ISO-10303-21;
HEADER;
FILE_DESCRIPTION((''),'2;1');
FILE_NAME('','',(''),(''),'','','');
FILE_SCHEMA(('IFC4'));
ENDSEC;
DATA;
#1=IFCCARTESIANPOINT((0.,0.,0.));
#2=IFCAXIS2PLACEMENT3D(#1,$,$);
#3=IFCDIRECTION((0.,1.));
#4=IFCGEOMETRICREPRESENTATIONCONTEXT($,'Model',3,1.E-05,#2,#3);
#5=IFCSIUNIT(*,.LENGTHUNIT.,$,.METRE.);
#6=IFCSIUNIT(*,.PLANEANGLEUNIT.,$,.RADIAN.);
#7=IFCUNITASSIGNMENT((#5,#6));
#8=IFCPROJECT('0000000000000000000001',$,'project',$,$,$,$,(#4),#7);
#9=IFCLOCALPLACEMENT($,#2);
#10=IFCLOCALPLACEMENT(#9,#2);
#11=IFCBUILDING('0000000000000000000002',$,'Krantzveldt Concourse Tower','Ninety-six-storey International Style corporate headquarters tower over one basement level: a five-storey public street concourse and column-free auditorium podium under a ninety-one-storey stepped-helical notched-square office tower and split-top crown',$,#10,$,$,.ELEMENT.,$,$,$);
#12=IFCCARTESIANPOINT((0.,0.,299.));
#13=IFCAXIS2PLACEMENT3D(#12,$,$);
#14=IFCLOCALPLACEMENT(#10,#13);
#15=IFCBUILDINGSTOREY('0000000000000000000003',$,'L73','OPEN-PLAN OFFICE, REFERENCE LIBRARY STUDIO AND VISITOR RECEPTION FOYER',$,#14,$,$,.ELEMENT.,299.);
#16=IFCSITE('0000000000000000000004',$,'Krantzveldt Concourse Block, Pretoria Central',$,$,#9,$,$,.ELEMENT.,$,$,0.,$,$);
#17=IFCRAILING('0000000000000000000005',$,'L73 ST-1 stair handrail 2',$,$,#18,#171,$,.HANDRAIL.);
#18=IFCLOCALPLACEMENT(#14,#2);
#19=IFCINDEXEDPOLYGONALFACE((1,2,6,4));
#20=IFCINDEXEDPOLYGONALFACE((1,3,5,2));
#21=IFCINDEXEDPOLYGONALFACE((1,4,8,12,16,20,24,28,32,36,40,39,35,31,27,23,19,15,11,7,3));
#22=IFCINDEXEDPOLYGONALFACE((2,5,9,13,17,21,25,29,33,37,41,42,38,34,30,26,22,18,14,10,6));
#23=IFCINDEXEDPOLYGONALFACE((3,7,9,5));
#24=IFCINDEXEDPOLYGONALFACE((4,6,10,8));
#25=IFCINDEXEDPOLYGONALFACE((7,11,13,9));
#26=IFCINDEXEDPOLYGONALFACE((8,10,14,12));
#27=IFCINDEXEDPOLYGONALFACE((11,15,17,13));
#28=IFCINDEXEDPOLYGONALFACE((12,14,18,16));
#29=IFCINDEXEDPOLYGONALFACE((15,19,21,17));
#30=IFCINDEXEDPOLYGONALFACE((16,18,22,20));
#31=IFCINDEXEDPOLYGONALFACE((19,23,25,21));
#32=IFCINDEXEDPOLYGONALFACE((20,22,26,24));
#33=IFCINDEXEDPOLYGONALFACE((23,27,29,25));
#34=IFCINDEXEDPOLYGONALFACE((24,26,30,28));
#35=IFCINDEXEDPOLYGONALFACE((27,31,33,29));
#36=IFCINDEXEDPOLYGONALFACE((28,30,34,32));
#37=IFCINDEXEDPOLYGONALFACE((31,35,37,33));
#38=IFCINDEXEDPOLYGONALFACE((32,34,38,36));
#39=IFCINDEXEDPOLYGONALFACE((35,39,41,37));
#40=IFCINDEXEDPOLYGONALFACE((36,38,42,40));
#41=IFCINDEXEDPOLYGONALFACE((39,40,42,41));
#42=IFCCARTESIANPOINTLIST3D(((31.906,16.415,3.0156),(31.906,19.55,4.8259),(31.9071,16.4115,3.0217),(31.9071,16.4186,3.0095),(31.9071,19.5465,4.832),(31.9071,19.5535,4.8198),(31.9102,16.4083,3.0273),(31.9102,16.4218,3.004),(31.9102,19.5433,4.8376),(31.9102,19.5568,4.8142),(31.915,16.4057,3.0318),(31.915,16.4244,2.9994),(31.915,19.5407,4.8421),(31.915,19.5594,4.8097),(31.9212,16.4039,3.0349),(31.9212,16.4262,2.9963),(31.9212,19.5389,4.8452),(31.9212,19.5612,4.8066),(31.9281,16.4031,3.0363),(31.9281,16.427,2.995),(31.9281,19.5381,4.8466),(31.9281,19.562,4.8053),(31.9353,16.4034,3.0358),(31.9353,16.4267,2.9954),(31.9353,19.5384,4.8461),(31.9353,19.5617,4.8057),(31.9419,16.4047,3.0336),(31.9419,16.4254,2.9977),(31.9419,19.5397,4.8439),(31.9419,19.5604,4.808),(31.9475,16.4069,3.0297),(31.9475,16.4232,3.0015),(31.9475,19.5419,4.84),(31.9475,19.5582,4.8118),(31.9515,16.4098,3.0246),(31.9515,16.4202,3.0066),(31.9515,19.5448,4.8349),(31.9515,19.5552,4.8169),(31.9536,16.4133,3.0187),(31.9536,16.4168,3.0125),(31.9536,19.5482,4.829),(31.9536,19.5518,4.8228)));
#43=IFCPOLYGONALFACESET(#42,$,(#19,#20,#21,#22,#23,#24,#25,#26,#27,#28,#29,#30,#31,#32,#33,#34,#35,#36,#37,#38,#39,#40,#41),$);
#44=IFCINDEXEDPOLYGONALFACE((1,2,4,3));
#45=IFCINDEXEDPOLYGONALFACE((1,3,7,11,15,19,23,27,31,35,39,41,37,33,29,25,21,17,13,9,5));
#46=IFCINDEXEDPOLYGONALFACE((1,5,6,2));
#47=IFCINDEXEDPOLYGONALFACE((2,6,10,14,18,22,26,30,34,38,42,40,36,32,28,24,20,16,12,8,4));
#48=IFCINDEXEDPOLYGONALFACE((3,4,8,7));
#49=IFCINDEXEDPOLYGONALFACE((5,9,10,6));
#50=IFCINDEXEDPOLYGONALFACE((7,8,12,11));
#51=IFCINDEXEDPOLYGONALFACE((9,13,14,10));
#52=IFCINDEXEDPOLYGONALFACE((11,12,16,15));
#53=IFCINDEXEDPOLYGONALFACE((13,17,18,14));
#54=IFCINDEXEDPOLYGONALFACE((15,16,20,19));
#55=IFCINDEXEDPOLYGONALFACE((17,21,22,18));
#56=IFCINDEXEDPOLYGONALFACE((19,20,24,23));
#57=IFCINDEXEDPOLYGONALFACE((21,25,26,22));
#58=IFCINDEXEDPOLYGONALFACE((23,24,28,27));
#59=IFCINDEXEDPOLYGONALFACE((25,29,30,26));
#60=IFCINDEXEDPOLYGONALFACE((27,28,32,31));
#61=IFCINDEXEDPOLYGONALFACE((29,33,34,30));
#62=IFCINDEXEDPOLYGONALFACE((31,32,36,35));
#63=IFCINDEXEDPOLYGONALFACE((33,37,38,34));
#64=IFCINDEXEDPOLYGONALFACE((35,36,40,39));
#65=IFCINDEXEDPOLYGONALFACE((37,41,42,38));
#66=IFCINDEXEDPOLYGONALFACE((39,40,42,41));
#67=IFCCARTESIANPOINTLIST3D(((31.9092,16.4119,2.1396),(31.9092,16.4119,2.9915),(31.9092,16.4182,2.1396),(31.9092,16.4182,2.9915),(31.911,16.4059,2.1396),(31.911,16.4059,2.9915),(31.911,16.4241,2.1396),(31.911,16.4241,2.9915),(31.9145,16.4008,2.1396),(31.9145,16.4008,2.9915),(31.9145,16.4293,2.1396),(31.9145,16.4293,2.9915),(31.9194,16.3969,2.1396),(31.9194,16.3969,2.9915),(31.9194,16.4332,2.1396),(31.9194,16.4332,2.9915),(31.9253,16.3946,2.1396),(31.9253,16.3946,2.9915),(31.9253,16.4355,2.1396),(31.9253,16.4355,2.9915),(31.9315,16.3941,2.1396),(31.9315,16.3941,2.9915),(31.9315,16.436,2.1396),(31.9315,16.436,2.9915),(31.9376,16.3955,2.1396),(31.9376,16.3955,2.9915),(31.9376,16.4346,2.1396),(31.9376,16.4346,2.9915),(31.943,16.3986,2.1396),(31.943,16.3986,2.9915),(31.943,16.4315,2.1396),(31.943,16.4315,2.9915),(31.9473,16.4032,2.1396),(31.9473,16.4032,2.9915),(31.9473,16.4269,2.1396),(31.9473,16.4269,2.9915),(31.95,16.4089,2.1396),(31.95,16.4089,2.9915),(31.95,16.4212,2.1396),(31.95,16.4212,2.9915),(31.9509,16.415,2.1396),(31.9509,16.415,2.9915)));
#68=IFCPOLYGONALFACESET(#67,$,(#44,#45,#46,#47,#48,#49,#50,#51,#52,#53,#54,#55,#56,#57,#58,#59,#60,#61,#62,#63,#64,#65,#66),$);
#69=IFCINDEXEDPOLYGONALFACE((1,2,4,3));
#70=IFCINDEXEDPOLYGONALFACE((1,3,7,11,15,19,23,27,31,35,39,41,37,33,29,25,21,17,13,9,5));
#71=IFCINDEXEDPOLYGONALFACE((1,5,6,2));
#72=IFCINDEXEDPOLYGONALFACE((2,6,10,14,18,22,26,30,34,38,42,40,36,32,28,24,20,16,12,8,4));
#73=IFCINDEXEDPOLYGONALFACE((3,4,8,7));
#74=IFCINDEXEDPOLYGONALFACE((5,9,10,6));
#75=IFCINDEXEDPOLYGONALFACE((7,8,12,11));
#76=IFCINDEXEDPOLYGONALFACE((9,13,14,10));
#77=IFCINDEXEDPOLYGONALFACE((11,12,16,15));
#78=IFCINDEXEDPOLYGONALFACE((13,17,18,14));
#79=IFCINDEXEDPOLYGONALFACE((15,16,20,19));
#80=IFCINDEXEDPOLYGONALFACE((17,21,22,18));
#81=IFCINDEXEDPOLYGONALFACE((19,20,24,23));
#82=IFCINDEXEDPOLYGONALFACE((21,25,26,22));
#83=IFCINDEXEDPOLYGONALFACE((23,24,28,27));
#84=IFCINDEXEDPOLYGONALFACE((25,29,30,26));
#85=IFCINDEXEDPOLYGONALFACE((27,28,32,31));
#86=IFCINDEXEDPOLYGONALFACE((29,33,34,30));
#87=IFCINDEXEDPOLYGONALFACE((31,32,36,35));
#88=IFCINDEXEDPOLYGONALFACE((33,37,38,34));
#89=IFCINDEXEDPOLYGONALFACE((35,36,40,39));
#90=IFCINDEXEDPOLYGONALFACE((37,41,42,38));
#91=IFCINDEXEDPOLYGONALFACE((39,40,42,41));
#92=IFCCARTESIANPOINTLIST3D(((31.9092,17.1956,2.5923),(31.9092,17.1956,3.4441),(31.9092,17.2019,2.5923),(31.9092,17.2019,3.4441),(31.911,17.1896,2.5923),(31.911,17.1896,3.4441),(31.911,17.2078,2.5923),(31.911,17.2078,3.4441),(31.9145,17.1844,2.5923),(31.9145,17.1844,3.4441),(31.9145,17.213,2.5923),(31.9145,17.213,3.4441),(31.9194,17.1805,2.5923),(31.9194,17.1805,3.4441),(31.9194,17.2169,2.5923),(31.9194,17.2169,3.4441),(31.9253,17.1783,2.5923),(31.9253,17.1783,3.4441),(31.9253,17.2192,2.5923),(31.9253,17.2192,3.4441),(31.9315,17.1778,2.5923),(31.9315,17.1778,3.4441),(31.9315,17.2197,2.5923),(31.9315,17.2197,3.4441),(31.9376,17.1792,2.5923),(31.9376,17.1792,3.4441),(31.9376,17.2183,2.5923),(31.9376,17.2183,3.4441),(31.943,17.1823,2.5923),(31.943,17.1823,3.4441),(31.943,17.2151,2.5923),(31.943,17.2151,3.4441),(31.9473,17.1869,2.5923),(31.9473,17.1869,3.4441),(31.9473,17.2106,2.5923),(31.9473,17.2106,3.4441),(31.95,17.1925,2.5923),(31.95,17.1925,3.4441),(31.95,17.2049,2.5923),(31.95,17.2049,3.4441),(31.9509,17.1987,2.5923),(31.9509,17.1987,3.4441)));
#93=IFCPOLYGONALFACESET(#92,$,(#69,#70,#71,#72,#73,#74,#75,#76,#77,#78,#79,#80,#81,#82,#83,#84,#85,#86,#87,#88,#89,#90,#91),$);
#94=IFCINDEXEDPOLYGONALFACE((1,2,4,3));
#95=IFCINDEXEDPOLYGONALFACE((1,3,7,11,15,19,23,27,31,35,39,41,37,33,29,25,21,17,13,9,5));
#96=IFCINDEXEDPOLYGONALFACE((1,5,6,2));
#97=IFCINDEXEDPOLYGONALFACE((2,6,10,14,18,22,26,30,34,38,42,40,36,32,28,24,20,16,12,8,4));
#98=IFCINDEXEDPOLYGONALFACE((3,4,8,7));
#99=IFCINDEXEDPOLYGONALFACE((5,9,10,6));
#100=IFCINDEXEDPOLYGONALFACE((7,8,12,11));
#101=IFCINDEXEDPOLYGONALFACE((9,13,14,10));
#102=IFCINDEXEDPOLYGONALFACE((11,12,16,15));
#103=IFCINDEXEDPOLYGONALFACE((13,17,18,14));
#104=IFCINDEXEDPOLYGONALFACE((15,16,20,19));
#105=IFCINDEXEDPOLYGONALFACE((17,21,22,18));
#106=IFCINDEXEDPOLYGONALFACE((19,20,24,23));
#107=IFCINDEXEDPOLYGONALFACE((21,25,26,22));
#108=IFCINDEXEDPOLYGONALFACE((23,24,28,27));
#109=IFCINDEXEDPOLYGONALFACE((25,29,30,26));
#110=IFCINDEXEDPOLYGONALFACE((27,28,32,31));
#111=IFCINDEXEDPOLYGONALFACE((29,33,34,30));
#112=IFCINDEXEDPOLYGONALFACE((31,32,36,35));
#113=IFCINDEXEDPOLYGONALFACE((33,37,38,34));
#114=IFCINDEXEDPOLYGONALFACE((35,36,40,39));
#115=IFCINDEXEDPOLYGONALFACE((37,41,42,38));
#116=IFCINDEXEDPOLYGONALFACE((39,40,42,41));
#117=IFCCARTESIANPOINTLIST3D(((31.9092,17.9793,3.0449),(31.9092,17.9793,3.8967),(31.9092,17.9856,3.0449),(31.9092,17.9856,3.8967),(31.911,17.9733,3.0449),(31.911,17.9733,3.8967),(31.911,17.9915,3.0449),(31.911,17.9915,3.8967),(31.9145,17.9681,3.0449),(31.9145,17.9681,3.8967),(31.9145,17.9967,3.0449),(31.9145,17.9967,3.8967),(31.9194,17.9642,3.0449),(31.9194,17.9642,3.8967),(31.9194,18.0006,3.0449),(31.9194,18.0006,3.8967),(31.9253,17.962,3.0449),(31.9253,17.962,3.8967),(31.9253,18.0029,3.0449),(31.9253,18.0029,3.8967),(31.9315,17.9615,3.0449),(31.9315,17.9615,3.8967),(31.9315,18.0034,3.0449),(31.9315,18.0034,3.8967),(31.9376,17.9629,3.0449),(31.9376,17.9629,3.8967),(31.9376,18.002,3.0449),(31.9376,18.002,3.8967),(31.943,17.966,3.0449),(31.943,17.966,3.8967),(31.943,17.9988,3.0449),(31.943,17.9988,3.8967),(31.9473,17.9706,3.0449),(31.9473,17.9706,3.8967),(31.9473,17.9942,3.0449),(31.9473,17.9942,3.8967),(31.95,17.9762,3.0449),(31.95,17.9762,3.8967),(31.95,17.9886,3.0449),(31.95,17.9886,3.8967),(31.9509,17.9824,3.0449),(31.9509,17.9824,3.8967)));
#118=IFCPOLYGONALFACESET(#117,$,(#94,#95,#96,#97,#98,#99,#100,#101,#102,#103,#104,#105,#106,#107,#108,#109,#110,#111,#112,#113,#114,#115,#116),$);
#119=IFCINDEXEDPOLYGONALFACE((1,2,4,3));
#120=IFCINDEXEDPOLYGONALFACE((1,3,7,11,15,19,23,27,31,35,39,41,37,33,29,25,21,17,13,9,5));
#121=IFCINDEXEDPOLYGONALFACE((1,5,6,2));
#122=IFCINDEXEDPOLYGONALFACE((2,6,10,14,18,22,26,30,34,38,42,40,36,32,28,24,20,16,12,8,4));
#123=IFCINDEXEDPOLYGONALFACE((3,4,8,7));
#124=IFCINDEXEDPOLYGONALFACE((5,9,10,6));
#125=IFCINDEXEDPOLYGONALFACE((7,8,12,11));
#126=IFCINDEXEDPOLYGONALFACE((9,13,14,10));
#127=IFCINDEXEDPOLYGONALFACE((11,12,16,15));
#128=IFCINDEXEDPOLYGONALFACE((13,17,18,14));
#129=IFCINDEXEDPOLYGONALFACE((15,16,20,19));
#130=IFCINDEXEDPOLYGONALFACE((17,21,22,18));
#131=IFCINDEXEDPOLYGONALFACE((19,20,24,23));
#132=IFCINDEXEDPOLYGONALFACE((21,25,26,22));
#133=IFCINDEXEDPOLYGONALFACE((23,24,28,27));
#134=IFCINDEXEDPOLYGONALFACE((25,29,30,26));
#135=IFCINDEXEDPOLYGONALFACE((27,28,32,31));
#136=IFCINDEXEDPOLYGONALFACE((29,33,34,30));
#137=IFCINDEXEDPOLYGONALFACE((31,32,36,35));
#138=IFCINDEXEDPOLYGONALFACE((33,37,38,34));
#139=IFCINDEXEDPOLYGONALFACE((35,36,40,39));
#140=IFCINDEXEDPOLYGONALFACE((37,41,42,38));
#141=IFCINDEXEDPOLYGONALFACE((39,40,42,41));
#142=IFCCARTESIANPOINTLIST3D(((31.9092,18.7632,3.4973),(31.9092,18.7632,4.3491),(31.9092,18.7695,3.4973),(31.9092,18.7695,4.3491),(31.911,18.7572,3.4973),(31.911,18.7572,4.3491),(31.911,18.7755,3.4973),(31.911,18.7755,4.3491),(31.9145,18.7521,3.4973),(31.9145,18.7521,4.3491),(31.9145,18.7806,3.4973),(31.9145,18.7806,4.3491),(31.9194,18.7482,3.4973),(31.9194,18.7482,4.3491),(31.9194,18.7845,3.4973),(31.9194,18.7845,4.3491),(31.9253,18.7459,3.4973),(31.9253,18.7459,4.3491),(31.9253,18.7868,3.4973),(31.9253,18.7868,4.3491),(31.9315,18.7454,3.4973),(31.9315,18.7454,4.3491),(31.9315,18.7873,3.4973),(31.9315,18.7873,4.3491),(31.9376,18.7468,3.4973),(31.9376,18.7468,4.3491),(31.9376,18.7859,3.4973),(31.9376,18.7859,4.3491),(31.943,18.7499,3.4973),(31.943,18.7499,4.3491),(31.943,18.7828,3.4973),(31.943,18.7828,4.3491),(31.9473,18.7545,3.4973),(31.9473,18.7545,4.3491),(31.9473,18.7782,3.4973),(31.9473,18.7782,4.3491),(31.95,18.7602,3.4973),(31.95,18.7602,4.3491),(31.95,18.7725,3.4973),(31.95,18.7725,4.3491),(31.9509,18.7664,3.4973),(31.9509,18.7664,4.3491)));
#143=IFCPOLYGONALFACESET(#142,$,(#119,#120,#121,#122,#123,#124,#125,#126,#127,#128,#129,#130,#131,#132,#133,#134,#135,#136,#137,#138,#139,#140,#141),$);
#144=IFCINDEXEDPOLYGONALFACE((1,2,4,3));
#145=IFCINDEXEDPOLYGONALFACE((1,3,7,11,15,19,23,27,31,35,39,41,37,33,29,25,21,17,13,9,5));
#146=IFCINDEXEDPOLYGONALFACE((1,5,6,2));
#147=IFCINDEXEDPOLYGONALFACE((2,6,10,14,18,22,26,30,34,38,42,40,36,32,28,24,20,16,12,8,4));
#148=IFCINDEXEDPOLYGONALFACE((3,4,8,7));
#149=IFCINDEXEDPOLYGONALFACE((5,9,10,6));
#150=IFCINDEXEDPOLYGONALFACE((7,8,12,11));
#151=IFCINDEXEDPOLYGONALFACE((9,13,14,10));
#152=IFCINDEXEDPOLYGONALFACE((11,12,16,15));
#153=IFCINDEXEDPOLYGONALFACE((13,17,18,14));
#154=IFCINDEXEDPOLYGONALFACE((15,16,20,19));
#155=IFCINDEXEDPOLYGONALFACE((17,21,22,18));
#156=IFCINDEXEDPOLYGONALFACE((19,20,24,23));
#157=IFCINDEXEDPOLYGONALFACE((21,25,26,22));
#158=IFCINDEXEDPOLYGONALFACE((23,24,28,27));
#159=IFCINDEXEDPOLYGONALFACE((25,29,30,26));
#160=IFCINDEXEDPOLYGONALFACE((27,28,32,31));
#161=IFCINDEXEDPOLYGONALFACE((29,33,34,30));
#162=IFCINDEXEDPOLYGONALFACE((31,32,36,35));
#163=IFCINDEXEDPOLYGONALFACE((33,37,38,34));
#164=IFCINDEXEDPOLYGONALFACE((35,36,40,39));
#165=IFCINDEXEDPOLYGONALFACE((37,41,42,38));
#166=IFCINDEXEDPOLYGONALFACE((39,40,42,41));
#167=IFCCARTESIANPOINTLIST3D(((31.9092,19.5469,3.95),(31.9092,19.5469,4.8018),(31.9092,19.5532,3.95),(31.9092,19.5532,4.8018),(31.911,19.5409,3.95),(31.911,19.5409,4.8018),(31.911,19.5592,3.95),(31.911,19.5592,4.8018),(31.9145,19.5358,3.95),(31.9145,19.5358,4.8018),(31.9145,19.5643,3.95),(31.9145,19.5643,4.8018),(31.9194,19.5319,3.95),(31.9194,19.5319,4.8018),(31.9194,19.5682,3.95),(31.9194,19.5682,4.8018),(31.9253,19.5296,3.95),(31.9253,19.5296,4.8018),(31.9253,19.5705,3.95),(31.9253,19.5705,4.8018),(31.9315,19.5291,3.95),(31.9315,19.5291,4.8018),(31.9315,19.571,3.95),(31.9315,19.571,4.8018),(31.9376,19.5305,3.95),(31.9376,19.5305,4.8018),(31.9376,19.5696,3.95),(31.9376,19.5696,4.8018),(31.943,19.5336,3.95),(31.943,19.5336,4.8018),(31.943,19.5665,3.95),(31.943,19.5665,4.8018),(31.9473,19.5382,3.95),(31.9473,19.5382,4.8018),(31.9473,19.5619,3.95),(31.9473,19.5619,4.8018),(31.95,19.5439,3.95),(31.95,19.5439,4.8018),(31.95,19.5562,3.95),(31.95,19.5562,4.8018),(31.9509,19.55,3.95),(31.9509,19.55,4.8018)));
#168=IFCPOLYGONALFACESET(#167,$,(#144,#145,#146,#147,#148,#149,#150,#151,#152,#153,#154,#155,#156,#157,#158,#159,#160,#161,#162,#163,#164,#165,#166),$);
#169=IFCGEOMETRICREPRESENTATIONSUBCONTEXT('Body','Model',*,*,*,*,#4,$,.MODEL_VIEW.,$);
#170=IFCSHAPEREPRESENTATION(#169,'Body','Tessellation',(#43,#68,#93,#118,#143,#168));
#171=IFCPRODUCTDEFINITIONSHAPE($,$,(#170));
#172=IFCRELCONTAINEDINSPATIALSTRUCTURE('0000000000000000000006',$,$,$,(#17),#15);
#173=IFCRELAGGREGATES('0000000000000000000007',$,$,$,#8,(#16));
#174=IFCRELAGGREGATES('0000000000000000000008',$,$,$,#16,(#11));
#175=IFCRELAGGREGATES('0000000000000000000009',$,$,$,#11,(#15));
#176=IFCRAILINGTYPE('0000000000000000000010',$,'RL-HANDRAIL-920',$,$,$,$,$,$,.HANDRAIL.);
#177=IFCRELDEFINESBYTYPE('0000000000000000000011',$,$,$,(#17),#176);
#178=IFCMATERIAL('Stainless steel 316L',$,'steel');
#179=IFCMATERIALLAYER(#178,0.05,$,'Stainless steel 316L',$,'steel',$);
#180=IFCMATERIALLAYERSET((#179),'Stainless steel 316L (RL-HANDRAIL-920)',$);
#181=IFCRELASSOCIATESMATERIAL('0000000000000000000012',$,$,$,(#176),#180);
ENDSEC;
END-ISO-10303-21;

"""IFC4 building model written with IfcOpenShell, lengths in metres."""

from ifc_helpers import new_model, si_unit, direction, frame, origin, origin_2d, place, context, subcontext, project, spatial, circle, extrude, material, layer, layer_set, type_object, element, save


model = new_model("IFC4")

# Units and contexts
model_context = context("Model", 3, precision=1e-05, world=origin(), true_north=direction((0.0, 1.0)))
body_context = subcontext(model_context, "Body", "Model", "MODEL_VIEW")
ifc_project = project(units=[si_unit("LENGTHUNIT", "METRE"), si_unit("PLANEANGLEUNIT", "RADIAN")], contexts=[model_context])

# Site, building, storey
site_placement = place(None, origin())
site = spatial("IfcSite", under=ifc_project, at=site_placement, Name="Krantzveldt Concourse Block, Pretoria Central", CompositionType="ELEMENT", RefElevation=0.0)
building_placement = place(site_placement, origin())
building = spatial("IfcBuilding", under=site, at=building_placement, Name="Krantzveldt Concourse Tower", Description="Ninety-six-storey International Style corporate headquarters tower over one basement level: a five-storey public street concourse and column-free auditorium podium under a ninety-one-storey stepped-helical notched-square office tower and split-top crown", CompositionType="ELEMENT")
storey_placement = place(building_placement, frame((0.0, 0.0, 299.0)))
storey = spatial("IfcBuildingStorey", under=building, at=storey_placement, Name="L73", Description="OPEN-PLAN OFFICE, REFERENCE LIBRARY STUDIO AND VISITOR RECEPTION FOYER", CompositionType="ELEMENT", Elevation=299.0)

# Shared definitions
ifc_material_1 = material(Name="Stainless steel 316L", Category="steel")

# Railing
ifc_layer_1 = layer(ifc_material_1, 0.05, Name="Stainless steel 316L", Category="steel")
ifc_layer_set_1 = layer_set([ifc_layer_1], Name="Stainless steel 316L (RL-HANDRAIL-920)")
railing_type_1 = type_object("IfcRailingType", Name="RL-HANDRAIL-920", PredefinedType="HANDRAIL", material=ifc_layer_set_1)
railing_1_placement = place(storey_placement, frame((31.9299, 16.415, 2.1396)))
element("IfcRailing", 1, at=railing_1_placement, inside=storey, type_object=railing_type_1, Name="L73 ST-1 stair handrail 2", PredefinedType="HANDRAIL", context=body_context, shape_type="SweptSolid", body=[
    extrude(circle(Radius=0.0239, at=origin_2d()), frame((0.0, 0.0, 0.876), z_axis=(0.0, 0.865989, 0.500063), x_axis=(-1.0, 0.0, 0.0)), (0.0, 0.0, 1.0), 3.6201),
    extrude(circle(Radius=0.021, at=origin_2d()), origin(), (0.0, 0.0, 1.0), 0.8518),
    extrude(circle(Radius=0.021, at=origin_2d()), frame((0.0, 0.7837, 0.4526)), (0.0, 0.0, 1.0), 0.8518),
    extrude(circle(Radius=0.021, at=origin_2d()), frame((0.0, 1.5674, 0.9053)), (0.0, 0.0, 1.0), 0.8518),
    extrude(circle(Radius=0.021, at=origin_2d()), frame((0.0, 2.3513, 1.3577)), (0.0, 0.0, 1.0), 0.8518),
    extrude(circle(Radius=0.021, at=origin_2d()), frame((0.0, 3.135, 1.8103)), (0.0, 0.0, 1.0), 0.8518),
])

save(model, "model.ifc")
